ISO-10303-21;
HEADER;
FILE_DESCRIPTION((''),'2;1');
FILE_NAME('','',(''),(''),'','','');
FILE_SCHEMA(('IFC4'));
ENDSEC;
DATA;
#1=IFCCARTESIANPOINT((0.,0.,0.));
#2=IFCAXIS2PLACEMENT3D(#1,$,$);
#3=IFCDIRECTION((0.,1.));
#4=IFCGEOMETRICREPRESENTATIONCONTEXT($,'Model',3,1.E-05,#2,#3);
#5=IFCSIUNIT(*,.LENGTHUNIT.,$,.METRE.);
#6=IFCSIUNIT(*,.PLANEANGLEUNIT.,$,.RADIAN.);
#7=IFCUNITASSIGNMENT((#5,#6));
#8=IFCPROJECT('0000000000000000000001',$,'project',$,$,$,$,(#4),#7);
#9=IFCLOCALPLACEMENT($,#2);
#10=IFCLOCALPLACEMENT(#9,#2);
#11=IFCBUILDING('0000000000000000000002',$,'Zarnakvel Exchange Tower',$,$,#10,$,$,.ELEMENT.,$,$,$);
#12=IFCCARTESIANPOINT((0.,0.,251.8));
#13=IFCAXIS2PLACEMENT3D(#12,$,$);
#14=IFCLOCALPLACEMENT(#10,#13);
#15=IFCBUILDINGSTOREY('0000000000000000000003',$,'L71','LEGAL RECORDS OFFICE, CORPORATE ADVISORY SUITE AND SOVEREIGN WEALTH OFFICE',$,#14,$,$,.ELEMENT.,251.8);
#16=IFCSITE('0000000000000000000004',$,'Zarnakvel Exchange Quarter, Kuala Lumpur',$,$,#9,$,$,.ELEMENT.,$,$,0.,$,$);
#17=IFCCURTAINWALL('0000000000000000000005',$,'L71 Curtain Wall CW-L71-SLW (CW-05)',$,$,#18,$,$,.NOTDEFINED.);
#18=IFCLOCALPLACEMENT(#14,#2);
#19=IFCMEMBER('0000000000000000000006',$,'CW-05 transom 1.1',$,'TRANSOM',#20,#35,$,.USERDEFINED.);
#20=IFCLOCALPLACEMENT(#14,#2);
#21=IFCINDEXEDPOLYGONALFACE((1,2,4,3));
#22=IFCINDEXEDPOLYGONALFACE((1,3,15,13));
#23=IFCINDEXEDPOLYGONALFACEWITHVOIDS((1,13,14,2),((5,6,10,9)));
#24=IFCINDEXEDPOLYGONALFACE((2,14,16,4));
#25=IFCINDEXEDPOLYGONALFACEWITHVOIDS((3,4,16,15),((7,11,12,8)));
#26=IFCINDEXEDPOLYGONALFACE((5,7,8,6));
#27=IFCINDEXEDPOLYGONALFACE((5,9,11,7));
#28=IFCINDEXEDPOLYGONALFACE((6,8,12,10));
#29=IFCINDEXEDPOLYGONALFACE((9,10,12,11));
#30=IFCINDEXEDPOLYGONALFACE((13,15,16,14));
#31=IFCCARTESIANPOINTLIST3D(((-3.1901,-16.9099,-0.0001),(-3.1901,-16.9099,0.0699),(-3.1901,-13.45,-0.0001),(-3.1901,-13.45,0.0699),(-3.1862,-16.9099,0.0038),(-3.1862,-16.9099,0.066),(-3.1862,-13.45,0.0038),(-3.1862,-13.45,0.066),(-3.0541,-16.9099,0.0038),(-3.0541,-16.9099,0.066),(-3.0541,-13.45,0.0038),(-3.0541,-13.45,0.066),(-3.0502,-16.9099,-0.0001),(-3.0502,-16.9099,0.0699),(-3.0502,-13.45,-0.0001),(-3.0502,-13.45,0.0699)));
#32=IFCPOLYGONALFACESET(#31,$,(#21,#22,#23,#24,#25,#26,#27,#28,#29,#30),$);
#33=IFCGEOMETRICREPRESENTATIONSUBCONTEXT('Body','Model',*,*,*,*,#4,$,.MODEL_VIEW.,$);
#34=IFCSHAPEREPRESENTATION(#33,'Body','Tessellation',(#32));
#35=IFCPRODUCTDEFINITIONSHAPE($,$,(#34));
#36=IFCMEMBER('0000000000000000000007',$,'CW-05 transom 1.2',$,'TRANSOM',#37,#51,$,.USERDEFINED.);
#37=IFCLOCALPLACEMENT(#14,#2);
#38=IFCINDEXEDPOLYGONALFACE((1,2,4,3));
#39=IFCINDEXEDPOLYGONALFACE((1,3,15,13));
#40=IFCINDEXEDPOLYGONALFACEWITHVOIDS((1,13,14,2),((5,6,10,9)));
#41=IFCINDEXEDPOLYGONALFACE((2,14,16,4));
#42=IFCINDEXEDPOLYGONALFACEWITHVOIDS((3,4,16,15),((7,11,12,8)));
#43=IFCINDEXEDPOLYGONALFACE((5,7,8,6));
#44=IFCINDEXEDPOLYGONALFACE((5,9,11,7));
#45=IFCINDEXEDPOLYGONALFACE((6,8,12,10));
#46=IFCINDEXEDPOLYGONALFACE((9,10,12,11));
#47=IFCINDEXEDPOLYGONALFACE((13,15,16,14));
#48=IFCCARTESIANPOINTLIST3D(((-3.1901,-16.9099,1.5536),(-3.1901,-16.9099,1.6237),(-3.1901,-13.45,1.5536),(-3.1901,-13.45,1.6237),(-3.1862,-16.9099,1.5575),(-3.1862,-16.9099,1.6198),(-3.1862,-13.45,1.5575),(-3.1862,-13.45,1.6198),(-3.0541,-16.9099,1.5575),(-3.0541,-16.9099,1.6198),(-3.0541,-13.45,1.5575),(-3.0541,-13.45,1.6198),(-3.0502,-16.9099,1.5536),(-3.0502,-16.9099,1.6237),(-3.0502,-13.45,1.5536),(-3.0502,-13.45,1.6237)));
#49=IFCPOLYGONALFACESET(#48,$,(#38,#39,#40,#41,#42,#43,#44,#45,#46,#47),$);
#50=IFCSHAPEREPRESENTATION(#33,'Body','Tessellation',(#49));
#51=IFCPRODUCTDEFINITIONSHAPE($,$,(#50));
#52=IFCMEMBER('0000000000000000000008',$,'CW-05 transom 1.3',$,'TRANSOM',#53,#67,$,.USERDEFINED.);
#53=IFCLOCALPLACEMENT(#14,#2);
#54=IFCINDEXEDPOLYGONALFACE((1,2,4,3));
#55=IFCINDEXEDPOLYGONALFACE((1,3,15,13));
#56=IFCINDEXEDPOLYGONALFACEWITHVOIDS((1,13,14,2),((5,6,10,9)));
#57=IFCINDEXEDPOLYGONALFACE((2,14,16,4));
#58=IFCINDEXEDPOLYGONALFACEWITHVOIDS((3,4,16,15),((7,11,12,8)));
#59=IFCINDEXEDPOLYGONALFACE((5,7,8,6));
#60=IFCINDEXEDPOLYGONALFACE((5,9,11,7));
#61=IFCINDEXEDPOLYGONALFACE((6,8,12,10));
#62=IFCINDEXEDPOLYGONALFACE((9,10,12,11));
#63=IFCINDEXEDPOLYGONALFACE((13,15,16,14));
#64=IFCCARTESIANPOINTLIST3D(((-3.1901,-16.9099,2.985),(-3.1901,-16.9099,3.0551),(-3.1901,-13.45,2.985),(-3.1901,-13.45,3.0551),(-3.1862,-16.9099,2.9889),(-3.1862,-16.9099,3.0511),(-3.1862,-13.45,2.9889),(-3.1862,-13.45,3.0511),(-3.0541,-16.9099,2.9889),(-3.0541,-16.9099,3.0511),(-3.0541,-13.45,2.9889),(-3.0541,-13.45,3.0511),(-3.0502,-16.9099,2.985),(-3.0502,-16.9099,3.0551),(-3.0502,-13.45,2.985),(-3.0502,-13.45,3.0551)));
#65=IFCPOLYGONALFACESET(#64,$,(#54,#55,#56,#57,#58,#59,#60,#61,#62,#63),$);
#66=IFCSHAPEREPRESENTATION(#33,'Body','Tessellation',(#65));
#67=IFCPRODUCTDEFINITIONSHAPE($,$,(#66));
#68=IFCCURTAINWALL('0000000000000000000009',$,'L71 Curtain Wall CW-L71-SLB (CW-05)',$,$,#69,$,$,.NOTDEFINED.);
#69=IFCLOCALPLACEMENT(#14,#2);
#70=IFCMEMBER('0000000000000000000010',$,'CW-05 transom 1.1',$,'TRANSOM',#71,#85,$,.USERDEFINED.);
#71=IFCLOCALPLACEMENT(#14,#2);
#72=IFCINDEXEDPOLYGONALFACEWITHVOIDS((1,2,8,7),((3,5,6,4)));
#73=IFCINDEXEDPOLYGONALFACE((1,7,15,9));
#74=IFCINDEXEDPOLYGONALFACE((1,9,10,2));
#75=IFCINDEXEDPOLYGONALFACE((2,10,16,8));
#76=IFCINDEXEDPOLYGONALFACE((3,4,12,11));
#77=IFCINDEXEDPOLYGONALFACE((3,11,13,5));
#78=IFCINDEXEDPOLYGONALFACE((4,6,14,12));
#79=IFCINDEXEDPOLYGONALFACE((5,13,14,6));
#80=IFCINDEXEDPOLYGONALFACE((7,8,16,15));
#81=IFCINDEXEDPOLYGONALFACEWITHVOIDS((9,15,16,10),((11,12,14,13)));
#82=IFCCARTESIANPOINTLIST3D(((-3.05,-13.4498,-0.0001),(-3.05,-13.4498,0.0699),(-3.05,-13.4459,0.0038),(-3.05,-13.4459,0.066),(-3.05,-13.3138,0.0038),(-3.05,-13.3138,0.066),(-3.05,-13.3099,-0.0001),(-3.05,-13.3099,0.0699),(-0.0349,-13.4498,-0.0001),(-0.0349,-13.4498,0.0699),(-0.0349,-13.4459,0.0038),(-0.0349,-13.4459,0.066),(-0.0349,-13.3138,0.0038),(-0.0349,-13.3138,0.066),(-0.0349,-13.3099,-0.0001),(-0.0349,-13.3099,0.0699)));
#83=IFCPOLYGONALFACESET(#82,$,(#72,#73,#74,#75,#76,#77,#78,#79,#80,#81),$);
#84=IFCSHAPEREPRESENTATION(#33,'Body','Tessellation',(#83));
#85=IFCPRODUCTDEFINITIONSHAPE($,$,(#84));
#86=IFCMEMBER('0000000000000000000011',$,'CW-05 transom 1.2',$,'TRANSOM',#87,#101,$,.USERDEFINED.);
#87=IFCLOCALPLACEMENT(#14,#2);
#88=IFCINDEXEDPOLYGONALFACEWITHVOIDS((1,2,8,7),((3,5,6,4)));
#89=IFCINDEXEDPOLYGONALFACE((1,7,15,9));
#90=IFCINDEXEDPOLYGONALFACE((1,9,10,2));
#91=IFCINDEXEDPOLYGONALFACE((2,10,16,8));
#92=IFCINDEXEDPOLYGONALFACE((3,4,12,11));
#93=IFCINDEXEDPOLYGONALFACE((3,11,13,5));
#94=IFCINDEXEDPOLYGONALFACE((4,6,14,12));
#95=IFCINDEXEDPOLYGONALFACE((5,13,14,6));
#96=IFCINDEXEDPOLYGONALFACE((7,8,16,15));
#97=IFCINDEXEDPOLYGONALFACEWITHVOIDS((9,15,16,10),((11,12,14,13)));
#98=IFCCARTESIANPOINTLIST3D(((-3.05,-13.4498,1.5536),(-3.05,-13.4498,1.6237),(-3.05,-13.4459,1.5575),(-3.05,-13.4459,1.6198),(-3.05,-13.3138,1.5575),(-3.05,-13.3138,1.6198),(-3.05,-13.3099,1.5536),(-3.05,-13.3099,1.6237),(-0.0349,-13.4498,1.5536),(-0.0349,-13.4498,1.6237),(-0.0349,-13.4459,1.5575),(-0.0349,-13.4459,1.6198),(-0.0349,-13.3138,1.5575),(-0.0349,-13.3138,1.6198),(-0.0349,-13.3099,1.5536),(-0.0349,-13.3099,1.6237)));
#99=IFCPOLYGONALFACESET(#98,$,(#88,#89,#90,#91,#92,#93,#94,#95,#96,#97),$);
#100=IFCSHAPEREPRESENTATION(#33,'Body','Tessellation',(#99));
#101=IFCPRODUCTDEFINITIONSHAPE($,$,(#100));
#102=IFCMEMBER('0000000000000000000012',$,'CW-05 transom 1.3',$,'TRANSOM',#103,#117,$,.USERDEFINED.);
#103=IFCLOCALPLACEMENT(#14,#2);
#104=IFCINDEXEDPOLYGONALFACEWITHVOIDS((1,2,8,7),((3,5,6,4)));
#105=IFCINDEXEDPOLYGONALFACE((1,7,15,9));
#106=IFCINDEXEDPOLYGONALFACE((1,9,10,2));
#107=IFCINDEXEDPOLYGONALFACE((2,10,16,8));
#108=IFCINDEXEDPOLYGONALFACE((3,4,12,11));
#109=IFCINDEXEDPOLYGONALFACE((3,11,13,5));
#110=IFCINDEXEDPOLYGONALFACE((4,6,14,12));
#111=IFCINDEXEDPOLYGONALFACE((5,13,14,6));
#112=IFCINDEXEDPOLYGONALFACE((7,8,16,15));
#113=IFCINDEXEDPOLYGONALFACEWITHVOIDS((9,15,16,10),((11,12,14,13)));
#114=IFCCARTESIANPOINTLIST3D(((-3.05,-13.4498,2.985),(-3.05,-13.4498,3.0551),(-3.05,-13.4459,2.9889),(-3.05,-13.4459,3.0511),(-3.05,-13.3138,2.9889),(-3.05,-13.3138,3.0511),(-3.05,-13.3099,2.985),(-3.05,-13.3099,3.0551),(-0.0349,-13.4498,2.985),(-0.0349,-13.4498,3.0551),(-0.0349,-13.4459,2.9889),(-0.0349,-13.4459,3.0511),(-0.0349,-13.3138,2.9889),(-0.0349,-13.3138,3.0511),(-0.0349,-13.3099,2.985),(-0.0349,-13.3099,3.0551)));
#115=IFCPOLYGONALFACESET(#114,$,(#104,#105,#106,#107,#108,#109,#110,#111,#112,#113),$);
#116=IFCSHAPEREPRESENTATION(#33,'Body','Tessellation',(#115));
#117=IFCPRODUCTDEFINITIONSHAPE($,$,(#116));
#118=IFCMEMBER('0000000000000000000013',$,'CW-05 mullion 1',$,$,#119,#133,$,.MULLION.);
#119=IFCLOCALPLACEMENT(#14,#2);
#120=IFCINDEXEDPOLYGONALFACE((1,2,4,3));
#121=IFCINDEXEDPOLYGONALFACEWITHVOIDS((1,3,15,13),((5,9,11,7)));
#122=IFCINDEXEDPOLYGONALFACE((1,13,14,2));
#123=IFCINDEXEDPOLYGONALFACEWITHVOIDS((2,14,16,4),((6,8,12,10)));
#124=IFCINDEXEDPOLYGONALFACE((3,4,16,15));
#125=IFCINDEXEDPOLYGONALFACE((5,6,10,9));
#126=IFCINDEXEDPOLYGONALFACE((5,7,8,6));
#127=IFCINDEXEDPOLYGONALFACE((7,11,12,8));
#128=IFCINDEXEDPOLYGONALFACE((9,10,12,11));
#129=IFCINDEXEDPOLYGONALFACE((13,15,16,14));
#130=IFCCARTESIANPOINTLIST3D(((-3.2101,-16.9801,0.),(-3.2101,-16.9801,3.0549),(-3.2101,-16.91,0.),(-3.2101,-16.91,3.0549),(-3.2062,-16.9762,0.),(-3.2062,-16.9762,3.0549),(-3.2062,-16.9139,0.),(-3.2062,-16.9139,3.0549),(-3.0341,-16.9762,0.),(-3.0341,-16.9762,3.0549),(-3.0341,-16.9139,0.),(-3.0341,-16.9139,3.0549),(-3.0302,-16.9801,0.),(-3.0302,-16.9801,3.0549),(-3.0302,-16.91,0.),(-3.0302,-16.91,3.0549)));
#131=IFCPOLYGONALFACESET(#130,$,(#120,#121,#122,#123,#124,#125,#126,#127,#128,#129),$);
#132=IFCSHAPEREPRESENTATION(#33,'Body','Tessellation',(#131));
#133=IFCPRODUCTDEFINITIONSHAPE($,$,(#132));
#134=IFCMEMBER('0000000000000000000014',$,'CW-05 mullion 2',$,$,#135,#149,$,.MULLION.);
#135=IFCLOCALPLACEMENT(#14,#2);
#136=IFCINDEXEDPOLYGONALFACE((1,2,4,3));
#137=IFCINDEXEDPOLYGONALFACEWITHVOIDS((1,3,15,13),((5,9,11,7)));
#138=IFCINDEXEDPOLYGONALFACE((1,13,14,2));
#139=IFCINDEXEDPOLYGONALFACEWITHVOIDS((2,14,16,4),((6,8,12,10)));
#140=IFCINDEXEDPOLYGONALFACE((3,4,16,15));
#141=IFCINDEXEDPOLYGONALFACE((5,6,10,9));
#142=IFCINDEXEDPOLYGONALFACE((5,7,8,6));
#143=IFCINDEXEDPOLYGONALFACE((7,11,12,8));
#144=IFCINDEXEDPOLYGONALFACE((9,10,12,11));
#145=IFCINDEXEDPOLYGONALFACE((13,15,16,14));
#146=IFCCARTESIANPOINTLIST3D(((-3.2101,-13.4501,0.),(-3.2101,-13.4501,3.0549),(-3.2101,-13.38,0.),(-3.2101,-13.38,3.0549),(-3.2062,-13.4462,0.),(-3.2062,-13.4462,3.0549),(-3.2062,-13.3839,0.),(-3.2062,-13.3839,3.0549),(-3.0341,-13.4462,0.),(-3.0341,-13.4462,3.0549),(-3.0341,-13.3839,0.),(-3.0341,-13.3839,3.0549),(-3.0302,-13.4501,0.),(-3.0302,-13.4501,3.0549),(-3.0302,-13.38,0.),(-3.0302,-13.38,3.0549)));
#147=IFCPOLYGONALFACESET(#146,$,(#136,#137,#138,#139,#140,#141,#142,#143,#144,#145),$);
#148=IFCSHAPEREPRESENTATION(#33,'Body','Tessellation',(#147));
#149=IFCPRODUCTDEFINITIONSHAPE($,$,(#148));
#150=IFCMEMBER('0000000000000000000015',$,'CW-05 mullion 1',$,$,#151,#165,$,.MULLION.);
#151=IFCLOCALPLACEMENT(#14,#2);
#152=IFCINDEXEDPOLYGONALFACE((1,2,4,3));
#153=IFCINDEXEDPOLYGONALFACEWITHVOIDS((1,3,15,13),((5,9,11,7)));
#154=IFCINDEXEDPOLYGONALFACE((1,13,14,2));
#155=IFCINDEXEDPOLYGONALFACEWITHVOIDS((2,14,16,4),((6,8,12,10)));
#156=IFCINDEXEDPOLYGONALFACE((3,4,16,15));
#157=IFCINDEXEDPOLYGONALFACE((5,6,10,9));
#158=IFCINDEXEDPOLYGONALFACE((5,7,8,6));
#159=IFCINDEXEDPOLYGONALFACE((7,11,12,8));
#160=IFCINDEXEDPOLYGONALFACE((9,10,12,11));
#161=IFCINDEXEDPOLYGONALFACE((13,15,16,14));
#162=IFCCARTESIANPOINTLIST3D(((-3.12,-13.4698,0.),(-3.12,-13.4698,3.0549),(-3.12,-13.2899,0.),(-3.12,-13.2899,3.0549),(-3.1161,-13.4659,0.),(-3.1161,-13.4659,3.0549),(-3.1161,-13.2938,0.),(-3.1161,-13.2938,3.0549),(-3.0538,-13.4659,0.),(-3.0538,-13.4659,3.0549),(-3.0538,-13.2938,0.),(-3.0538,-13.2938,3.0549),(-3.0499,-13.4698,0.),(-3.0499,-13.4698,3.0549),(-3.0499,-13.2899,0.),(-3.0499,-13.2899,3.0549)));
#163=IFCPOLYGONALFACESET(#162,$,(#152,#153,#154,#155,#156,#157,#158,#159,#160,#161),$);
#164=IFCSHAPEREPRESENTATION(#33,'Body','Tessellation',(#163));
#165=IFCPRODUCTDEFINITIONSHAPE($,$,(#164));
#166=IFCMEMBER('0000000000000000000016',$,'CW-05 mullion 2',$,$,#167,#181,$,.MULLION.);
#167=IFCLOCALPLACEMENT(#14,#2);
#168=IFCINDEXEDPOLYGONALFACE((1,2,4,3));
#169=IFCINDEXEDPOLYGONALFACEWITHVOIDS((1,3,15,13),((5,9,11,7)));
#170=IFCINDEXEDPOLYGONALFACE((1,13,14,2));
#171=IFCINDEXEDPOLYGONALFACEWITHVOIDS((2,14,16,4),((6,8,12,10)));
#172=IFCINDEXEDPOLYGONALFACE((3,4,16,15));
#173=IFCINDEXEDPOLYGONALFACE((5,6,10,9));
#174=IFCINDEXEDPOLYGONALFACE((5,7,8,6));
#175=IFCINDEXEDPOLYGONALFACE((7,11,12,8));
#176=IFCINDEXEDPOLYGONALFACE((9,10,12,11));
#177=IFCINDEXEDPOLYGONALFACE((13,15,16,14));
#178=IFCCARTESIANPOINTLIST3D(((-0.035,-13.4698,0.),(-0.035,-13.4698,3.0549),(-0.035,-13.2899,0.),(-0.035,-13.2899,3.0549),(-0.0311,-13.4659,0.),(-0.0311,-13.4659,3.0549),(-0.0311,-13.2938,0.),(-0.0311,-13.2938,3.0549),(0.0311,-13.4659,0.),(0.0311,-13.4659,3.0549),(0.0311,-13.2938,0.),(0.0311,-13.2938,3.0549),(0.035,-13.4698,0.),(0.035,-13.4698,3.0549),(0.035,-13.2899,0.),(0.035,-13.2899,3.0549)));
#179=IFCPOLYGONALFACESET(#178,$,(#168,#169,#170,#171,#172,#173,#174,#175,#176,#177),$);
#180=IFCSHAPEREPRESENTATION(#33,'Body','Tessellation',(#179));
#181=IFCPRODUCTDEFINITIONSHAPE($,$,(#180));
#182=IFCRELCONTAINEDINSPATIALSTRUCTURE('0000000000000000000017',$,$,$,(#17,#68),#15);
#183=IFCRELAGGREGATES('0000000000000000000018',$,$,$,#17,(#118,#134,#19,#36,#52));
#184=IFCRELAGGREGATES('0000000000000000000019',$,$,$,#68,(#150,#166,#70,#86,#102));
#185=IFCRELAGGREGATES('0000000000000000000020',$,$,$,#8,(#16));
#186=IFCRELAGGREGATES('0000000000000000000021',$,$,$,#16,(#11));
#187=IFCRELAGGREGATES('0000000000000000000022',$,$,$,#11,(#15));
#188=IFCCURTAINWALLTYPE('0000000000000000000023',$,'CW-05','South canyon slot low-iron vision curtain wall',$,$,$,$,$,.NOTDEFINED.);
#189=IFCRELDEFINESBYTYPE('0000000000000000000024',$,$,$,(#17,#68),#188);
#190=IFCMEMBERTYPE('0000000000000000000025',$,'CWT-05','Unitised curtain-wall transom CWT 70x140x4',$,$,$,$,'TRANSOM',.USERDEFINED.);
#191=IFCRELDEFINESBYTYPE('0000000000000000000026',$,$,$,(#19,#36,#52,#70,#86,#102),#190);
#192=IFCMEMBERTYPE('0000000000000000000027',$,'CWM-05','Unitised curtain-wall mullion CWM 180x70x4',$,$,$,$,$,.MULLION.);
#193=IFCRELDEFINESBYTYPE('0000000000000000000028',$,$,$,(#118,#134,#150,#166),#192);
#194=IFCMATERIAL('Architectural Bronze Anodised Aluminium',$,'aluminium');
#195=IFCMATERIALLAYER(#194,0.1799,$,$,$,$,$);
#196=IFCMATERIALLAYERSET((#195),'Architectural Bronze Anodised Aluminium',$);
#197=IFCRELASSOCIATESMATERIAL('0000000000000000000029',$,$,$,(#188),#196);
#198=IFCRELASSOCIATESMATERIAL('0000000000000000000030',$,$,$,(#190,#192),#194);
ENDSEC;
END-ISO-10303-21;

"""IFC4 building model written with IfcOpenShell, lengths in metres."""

from ifc_helpers import new_model, si_unit, direction, frame, origin, origin_2d, place, context, subcontext, project, spatial, hollow_rectangle, extrude, source, transform, mapped, material, layer, layer_set, material_profile, profile_set, type_object, element, aggregate, save


model = new_model("IFC4")

# Units and contexts
model_context = context("Model", 3, precision=1e-05, world=origin(), true_north=direction((0.0, 1.0)))
body_context = subcontext(model_context, "Body", "Model", "MODEL_VIEW")
ifc_project = project(units=[si_unit("LENGTHUNIT", "METRE"), si_unit("PLANEANGLEUNIT", "RADIAN")], contexts=[model_context])

# Site, building, storey
site_placement = place(None, origin())
site = spatial("IfcSite", under=ifc_project, at=site_placement, Name="Zarnakvel Exchange Quarter, Kuala Lumpur", CompositionType="ELEMENT", RefElevation=0.0)
building_placement = place(site_placement, origin())
building = spatial("IfcBuilding", under=site, at=building_placement, Name="Zarnakvel Exchange Tower", CompositionType="ELEMENT")
storey_placement = place(building_placement, frame((0.0, 0.0, 251.8)))
storey = spatial("IfcBuildingStorey", under=building, at=storey_placement, Name="L71", Description="LEGAL RECORDS OFFICE, CORPORATE ADVISORY SUITE AND SOVEREIGN WEALTH OFFICE", CompositionType="ELEMENT", Elevation=251.8)

# Curtain walls, members
ifc_material_1 = material(Name="Architectural Bronze Anodised Aluminium", Category="aluminium")
ifc_layer_1 = layer(ifc_material_1, 0.1799)
ifc_layer_set_1 = layer_set([ifc_layer_1], Name="Architectural Bronze Anodised Aluminium")
curtain_wall_type = type_object("IfcCurtainWallType", Name="CW-05", Description="South canyon slot low-iron vision curtain wall", PredefinedType="NOTDEFINED", material=ifc_layer_set_1)
curtain_wall_1_placement = place(storey_placement, origin())
curtain_wall_1 = element("IfcCurtainWall", 1, at=curtain_wall_1_placement, inside=storey, type_object=curtain_wall_type, Name="L71 Curtain Wall CW-L71-SLW (CW-05)", PredefinedType="NOTDEFINED")
ifc_material_profile_1 = material_profile(ifc_material_1, hollow_rectangle(XDim=0.1399, YDim=0.0701, WallThickness=0.0039, at=origin_2d()))
ifc_profile_set_1 = profile_set([ifc_material_profile_1], Name="Architectural Bronze Anodised Aluminium")
member_type_1 = type_object("IfcMemberType", Name="CWT-05", Description="Unitised curtain-wall transom CWT 70x140x4", ElementType="TRANSOM", PredefinedType="USERDEFINED", material=ifc_profile_set_1)
shared_shape_1 = source(origin(), body_context, "Body", "SweptSolid", [
    extrude(hollow_rectangle(XDim=0.1399, YDim=0.0701, WallThickness=0.0039, at=origin_2d()), origin(), (0.0, 0.0, 1.0), 3.46),
])
member_1_placement = place(storey_placement, frame((-3.1201, -16.9099, 0.0349), z_axis=(0.0, 1.0, 0.0), x_axis=(-1.0, 0.0, 0.0)))
member_1 = element("IfcMember", 2, at=member_1_placement, type_object=member_type_1, Name="CW-05 transom 1.1", ObjectType="TRANSOM", PredefinedType="USERDEFINED", context=body_context, shape_type="MappedRepresentation", body=[
    mapped(shared_shape_1, transform((0.0, 0.0, 0.0), x_axis=(1.0, 0.0, 0.0), y_axis=(0.0, 1.0, 0.0), z_axis=(0.0, 0.0, 1.0), scale=1.0)),
])
member_2_placement = place(storey_placement, frame((-3.1201, -16.9099, 1.5886), z_axis=(0.0, 1.0, 0.0), x_axis=(-1.0, 0.0, 0.0)))
member_2 = element("IfcMember", 3, at=member_2_placement, type_object=member_type_1, Name="CW-05 transom 1.2", ObjectType="TRANSOM", PredefinedType="USERDEFINED", context=body_context, shape_type="MappedRepresentation", body=[
    mapped(shared_shape_1, transform((0.0, 0.0, 0.0), x_axis=(1.0, 0.0, 0.0), y_axis=(0.0, 1.0, 0.0), z_axis=(0.0, 0.0, 1.0), scale=1.0)),
])
member_3_placement = place(storey_placement, frame((-3.1201, -16.9099, 3.02), z_axis=(0.0, 1.0, 0.0), x_axis=(-1.0, 0.0, 0.0)))
member_3 = element("IfcMember", 4, at=member_3_placement, type_object=member_type_1, Name="CW-05 transom 1.3", ObjectType="TRANSOM", PredefinedType="USERDEFINED", context=body_context, shape_type="MappedRepresentation", body=[
    mapped(shared_shape_1, transform((0.0, 0.0, 0.0), x_axis=(1.0, 0.0, 0.0), y_axis=(0.0, 1.0, 0.0), z_axis=(0.0, 0.0, 1.0), scale=1.0)),
])
curtain_wall_2_placement = place(storey_placement, origin())
curtain_wall_2 = element("IfcCurtainWall", 5, at=curtain_wall_2_placement, inside=storey, type_object=curtain_wall_type, Name="L71 Curtain Wall CW-L71-SLB (CW-05)", PredefinedType="NOTDEFINED")
shared_shape_2 = source(origin(), body_context, "Body", "SweptSolid", [
    extrude(hollow_rectangle(XDim=0.1399, YDim=0.0701, WallThickness=0.0039, at=origin_2d()), origin(), (0.0, 0.0, 1.0), 3.0151),
])
member_4_placement = place(storey_placement, frame((-3.05, -13.3799, 0.0349), z_axis=(1.0, 0.0, 0.0), x_axis=(0.0, 1.0, 0.0)))
member_4 = element("IfcMember", 6, at=member_4_placement, type_object=member_type_1, Name="CW-05 transom 1.1", ObjectType="TRANSOM", PredefinedType="USERDEFINED", context=body_context, shape_type="MappedRepresentation", body=[
    mapped(shared_shape_2, transform((0.0, 0.0, 0.0), x_axis=(1.0, 0.0, 0.0), y_axis=(0.0, 1.0, 0.0), z_axis=(0.0, 0.0, 1.0), scale=1.0)),
])
member_5_placement = place(storey_placement, frame((-3.05, -13.3799, 1.5886), z_axis=(1.0, 0.0, 0.0), x_axis=(0.0, 1.0, 0.0)))
member_5 = element("IfcMember", 7, at=member_5_placement, type_object=member_type_1, Name="CW-05 transom 1.2", ObjectType="TRANSOM", PredefinedType="USERDEFINED", context=body_context, shape_type="MappedRepresentation", body=[
    mapped(shared_shape_2, transform((0.0, 0.0, 0.0), x_axis=(1.0, 0.0, 0.0), y_axis=(0.0, 1.0, 0.0), z_axis=(0.0, 0.0, 1.0), scale=1.0)),
])
member_6_placement = place(storey_placement, frame((-3.05, -13.3799, 3.02), z_axis=(1.0, 0.0, 0.0), x_axis=(0.0, 1.0, 0.0)))
member_6 = element("IfcMember", 8, at=member_6_placement, type_object=member_type_1, Name="CW-05 transom 1.3", ObjectType="TRANSOM", PredefinedType="USERDEFINED", context=body_context, shape_type="MappedRepresentation", body=[
    mapped(shared_shape_2, transform((0.0, 0.0, 0.0), x_axis=(1.0, 0.0, 0.0), y_axis=(0.0, 1.0, 0.0), z_axis=(0.0, 0.0, 1.0), scale=1.0)),
])

# Members
ifc_material_profile_2 = material_profile(ifc_material_1, hollow_rectangle(XDim=0.1799, YDim=0.0701, WallThickness=0.0039, at=origin_2d()))
ifc_profile_set_2 = profile_set([ifc_material_profile_2], Name="Architectural Bronze Anodised Aluminium")
member_type_2 = type_object("IfcMemberType", Name="CWM-05", Description="Unitised curtain-wall mullion CWM 180x70x4", PredefinedType="MULLION", material=ifc_profile_set_2)
shared_shape_3 = source(origin(), body_context, "Body", "SweptSolid", [
    extrude(hollow_rectangle(XDim=0.1799, YDim=0.0701, WallThickness=0.0039, at=origin_2d()), origin(), (0.0, 0.0, 1.0), 3.0549),
])
member_7_placement = place(storey_placement, frame((-3.1201, -16.9451, 0.0), z_axis=(0.0, 0.0, 1.0), x_axis=(-1.0, 0.0, 0.0)))
member_7 = element("IfcMember", 9, at=member_7_placement, type_object=member_type_2, Name="CW-05 mullion 1", PredefinedType="MULLION", context=body_context, shape_type="MappedRepresentation", body=[
    mapped(shared_shape_3, transform((0.0, 0.0, 0.0), x_axis=(1.0, 0.0, 0.0), y_axis=(0.0, 1.0, 0.0), z_axis=(0.0, 0.0, 1.0), scale=1.0)),
])
member_8_placement = place(storey_placement, frame((-3.1201, -13.415, 0.0), z_axis=(0.0, 0.0, 1.0), x_axis=(-1.0, 0.0, 0.0)))
member_8 = element("IfcMember", 10, at=member_8_placement, type_object=member_type_2, Name="CW-05 mullion 2", PredefinedType="MULLION", context=body_context, shape_type="MappedRepresentation", body=[
    mapped(shared_shape_3, transform((0.0, 0.0, 0.0), x_axis=(1.0, 0.0, 0.0), y_axis=(0.0, 1.0, 0.0), z_axis=(0.0, 0.0, 1.0), scale=1.0)),
])
member_9_placement = place(storey_placement, frame((-3.085, -13.3799, 0.0), z_axis=(0.0, 0.0, 1.0), x_axis=(0.0, 1.0, 0.0)))
member_9 = element("IfcMember", 11, at=member_9_placement, type_object=member_type_2, Name="CW-05 mullion 1", PredefinedType="MULLION", context=body_context, shape_type="MappedRepresentation", body=[
    mapped(shared_shape_3, transform((0.0, 0.0, 0.0), x_axis=(1.0, 0.0, 0.0), y_axis=(0.0, 1.0, 0.0), z_axis=(0.0, 0.0, 1.0), scale=1.0)),
])
member_10_placement = place(storey_placement, frame((0.0, -13.3799, 0.0), z_axis=(0.0, 0.0, 1.0), x_axis=(0.0, 1.0, 0.0)))
member_10 = element("IfcMember", 12, at=member_10_placement, type_object=member_type_2, Name="CW-05 mullion 2", PredefinedType="MULLION", context=body_context, shape_type="MappedRepresentation", body=[
    mapped(shared_shape_3, transform((0.0, 0.0, 0.0), x_axis=(1.0, 0.0, 0.0), y_axis=(0.0, 1.0, 0.0), z_axis=(0.0, 0.0, 1.0), scale=1.0)),
])

aggregate(curtain_wall_1, [member_7, member_8, member_1, member_2, member_3])
aggregate(curtain_wall_2, [member_9, member_10, member_4, member_5, member_6])

save(model, "model.ifc")
